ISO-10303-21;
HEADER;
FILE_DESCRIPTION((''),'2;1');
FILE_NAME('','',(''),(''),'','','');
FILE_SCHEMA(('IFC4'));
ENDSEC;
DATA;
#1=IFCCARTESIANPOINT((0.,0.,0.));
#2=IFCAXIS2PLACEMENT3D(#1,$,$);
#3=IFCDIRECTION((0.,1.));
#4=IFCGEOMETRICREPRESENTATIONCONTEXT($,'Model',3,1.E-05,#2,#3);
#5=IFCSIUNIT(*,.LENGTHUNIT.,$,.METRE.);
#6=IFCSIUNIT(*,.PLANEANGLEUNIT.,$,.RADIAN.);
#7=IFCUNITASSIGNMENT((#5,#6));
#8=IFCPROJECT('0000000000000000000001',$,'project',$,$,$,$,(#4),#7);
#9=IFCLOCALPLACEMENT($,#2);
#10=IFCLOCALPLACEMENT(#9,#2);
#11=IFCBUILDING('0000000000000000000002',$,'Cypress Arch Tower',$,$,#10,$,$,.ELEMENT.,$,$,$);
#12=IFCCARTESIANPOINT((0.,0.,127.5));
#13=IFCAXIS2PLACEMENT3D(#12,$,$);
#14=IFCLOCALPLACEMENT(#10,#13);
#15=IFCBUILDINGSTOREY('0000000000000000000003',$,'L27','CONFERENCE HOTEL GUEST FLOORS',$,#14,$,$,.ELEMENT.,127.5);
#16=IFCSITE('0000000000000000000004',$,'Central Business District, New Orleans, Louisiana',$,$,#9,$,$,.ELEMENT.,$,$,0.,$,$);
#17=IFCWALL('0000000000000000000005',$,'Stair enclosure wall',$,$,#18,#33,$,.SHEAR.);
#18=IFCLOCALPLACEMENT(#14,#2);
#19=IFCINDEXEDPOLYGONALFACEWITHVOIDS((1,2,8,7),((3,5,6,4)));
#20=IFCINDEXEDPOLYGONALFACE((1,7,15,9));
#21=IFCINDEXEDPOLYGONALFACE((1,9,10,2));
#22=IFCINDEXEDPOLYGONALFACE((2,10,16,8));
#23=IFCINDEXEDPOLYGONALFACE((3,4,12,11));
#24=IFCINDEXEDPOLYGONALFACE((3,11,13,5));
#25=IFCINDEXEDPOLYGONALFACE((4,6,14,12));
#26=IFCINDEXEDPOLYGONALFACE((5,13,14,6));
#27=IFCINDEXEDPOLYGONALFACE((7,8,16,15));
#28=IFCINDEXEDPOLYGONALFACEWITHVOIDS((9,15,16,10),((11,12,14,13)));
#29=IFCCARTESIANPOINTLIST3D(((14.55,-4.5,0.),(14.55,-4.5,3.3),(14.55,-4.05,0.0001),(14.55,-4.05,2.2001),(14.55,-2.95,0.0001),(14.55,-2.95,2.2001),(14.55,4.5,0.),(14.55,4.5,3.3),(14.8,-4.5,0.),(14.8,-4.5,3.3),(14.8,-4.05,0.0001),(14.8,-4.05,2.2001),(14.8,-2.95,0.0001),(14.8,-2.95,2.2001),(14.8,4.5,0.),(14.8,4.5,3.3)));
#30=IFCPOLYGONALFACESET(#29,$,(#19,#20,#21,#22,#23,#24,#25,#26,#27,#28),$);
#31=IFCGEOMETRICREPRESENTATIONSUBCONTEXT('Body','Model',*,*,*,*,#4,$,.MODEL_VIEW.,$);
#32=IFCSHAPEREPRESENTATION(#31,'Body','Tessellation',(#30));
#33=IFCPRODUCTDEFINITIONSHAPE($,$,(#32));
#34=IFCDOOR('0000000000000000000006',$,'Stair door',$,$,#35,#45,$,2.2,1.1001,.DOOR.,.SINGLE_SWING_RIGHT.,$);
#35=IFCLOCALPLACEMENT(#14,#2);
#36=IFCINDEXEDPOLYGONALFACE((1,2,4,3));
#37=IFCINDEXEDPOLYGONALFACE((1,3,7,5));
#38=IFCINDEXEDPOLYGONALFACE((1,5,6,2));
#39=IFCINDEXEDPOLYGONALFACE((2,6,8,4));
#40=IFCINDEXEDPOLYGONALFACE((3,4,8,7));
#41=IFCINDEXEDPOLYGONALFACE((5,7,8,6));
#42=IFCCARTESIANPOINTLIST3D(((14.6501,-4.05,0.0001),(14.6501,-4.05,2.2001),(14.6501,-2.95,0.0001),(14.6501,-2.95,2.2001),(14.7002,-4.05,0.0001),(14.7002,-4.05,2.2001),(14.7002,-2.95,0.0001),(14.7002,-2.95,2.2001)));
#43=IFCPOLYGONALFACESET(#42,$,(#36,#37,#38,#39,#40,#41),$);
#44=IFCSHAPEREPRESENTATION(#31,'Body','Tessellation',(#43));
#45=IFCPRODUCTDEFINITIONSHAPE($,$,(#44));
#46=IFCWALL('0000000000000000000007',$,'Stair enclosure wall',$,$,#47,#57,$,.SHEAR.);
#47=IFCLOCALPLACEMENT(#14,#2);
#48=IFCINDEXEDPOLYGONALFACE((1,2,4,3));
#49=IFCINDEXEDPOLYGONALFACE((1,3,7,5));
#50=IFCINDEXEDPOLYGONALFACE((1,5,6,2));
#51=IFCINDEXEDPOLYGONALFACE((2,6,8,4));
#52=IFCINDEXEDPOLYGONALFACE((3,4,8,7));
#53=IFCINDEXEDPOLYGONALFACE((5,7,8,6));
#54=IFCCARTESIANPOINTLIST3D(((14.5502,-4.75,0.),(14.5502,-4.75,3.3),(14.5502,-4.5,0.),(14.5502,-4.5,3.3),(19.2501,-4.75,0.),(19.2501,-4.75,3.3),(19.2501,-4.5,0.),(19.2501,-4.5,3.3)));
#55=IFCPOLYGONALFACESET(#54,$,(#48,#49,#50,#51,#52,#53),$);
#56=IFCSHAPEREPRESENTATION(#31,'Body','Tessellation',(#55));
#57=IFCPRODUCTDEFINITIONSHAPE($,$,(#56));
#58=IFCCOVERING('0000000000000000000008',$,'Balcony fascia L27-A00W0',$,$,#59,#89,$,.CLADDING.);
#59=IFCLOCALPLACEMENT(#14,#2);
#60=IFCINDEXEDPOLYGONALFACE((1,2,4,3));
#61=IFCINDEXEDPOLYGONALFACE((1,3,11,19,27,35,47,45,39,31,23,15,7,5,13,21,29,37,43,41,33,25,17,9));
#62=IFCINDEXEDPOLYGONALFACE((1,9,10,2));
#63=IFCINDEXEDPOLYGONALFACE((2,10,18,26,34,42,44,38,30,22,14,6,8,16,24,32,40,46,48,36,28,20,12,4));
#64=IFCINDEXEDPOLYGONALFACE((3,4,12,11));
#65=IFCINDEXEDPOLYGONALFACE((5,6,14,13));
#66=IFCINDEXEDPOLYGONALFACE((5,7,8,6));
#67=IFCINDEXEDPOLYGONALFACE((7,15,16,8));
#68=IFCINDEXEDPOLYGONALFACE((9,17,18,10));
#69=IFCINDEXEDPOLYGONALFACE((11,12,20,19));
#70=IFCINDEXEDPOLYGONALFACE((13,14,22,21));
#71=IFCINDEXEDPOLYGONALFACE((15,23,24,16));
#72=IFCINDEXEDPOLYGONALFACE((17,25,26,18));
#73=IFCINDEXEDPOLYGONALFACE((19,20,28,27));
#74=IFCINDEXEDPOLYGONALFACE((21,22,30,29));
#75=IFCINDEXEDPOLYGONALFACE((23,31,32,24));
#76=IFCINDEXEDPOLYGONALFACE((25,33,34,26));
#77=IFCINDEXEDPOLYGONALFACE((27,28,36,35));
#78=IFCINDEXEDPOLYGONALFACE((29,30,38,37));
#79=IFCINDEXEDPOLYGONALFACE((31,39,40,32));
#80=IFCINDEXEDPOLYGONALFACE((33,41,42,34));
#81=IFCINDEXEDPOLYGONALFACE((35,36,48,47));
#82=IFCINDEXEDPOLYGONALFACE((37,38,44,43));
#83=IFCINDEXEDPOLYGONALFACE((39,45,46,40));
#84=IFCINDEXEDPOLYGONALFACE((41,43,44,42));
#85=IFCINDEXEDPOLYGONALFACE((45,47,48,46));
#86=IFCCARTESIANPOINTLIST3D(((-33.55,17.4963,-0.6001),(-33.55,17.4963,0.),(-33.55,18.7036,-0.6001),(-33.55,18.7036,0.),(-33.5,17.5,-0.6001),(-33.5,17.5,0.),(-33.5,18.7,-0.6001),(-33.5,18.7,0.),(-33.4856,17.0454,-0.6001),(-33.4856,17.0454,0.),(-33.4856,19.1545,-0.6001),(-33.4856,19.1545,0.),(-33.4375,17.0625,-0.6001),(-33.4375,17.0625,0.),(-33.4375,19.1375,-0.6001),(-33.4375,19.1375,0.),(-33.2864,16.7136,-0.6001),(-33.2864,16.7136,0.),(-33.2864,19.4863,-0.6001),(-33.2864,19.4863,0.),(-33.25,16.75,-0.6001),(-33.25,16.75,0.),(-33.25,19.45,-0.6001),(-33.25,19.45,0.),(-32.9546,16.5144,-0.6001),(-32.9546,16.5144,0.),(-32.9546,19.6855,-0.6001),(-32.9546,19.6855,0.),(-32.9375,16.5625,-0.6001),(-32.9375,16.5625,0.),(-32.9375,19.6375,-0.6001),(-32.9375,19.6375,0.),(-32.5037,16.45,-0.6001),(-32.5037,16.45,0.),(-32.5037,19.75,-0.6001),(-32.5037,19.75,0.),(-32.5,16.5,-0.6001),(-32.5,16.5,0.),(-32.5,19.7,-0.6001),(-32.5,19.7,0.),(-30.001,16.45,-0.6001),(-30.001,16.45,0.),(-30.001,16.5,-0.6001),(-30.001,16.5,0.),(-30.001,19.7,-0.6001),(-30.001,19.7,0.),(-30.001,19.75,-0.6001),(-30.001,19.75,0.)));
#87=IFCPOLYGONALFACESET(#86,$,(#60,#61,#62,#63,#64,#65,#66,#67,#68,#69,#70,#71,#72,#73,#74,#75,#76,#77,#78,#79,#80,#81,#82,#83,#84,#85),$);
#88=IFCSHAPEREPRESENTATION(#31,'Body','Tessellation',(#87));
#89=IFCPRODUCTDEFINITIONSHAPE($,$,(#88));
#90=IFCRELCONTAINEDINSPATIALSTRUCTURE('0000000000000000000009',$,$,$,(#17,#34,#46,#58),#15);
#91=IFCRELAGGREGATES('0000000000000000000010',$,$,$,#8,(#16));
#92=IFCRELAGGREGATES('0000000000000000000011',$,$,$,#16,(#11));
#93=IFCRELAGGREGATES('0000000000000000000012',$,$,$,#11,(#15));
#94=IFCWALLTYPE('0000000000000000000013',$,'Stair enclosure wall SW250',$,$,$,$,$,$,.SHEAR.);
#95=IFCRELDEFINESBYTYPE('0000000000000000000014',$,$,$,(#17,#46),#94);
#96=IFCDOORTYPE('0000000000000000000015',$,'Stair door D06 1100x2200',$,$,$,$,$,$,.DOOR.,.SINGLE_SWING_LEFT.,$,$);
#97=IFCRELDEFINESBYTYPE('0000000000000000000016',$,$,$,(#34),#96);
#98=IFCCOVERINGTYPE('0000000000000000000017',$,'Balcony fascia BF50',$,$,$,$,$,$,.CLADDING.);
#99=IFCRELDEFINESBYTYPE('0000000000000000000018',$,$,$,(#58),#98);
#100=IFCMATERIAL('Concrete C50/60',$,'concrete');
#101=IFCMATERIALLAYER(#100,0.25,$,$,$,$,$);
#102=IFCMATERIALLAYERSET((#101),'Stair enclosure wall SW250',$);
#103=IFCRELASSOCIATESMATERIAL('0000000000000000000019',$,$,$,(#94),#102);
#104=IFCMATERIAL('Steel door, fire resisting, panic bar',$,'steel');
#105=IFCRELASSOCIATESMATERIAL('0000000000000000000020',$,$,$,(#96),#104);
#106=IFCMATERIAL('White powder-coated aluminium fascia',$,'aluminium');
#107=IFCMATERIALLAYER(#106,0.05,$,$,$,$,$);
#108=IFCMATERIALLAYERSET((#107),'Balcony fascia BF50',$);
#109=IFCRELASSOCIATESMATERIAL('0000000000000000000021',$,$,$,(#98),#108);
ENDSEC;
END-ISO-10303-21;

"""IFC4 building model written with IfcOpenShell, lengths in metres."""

from ifc_helpers import new_model, si_unit, direction, frame, frame_2d, origin, place, context, subcontext, project, spatial, polyline, rectangle, outline, extrude, material, layer, layer_set, type_object, element, fill, save


model = new_model("IFC4")

# Units and contexts
model_context = context("Model", 3, precision=1e-05, world=origin(), true_north=direction((0.0, 1.0)))
body_context = subcontext(model_context, "Body", "Model", "MODEL_VIEW")
ifc_project = project(units=[si_unit("LENGTHUNIT", "METRE"), si_unit("PLANEANGLEUNIT", "RADIAN")], contexts=[model_context])

# Site, building, storey
site_placement = place(None, origin())
site = spatial("IfcSite", under=ifc_project, at=site_placement, Name="Central Business District, New Orleans, Louisiana", CompositionType="ELEMENT", RefElevation=0.0)
building_placement = place(site_placement, origin())
building = spatial("IfcBuilding", under=site, at=building_placement, Name="Cypress Arch Tower", CompositionType="ELEMENT")
storey_placement = place(building_placement, frame((0.0, 0.0, 127.5)))
storey = spatial("IfcBuildingStorey", under=building, at=storey_placement, Name="L27", Description="CONFERENCE HOTEL GUEST FLOORS", CompositionType="ELEMENT", Elevation=127.5)

# Wall, opening, door
ifc_material_1 = material(Name="Concrete C50/60", Category="concrete")
ifc_layer_1 = layer(ifc_material_1, 0.25)
ifc_layer_set_1 = layer_set([ifc_layer_1], Name="Stair enclosure wall SW250")
wall_type_1 = type_object("IfcWallType", Name="Stair enclosure wall SW250", PredefinedType="SHEAR", material=ifc_layer_set_1)
wall_1_placement = place(storey_placement, frame((14.675, -4.5, 0.0), z_axis=(0.0, 0.0, 1.0), x_axis=(0.0, 1.0, 0.0)))
wall_1 = element("IfcWall", 1, at=wall_1_placement, inside=storey, type_object=wall_type_1, Name="Stair enclosure wall", PredefinedType="SHEAR", context=body_context, shape_type="SweptSolid", body=[
    extrude(rectangle(XDim=9.0, YDim=0.25, at=frame_2d((4.5, 0.0))), origin(), (0.0, 0.0, 1.0), 3.3),
])
opening_1_placement = place(wall_1_placement, frame((0.45, 0.0, 0.0)))
opening_1 = element("IfcOpeningElement", 2, at=opening_1_placement, cuts=wall_1, PredefinedType="OPENING", context=body_context, shape_type="SweptSolid", body=[
    extrude(rectangle(XDim=1.1001, YDim=2.2, at=frame_2d((0.55, 1.1001))), frame((0.0, 0.135, 0.0), z_axis=(0.0, -1.0, 0.0), x_axis=(1.0, 0.0, 0.0)), (0.0, 0.0, 1.0), 0.27),
])
ifc_material_2 = material(Name="Steel door, fire resisting, panic bar", Category="steel")
door_type_1 = type_object("IfcDoorType", Name="Stair door D06 1100x2200", OperationType="SINGLE_SWING_LEFT", PredefinedType="DOOR", material=ifc_material_2)
door_1_placement = place(opening_1_placement, origin())
door_1 = element("IfcDoor", 3, at=door_1_placement, inside=storey, type_object=door_type_1, Name="Stair door", OperationType="SINGLE_SWING_RIGHT", OverallHeight=2.2, OverallWidth=1.1001, PredefinedType="DOOR", context=body_context, shape_type="SweptSolid", body=[
    extrude(rectangle(XDim=1.1001, YDim=2.2, at=frame_2d((0.55, 1.1001))), frame((0.0, 0.0249, 0.0), z_axis=(0.0, -1.0, 0.0), x_axis=(1.0, 0.0, 0.0)), (0.0, 0.0, 1.0), 0.05),
])
fill(opening_1, door_1)

# Wall
wall_2_placement = place(storey_placement, frame((14.55, -4.625, 0.0), z_axis=(0.0, 0.0, 1.0), x_axis=(1.0, 0.0, 0.0)))
element("IfcWall", 4, at=wall_2_placement, inside=storey, type_object=wall_type_1, Name="Stair enclosure wall", PredefinedType="SHEAR", context=body_context, shape_type="SweptSolid", body=[
    extrude(rectangle(XDim=4.7, YDim=0.25, at=frame_2d((2.3501, 0.0))), origin(), (0.0, 0.0, 1.0), 3.3),
])

# Covering
ifc_material_3 = material(Name="White powder-coated aluminium fascia", Category="aluminium")
ifc_layer_2 = layer(ifc_material_3, 0.05)
ifc_layer_set_2 = layer_set([ifc_layer_2], Name="Balcony fascia BF50")
covering_type = type_object("IfcCoveringType", Name="Balcony fascia BF50", PredefinedType="CLADDING", material=ifc_layer_set_2)
covering_placement = place(storey_placement, frame((0.0, 0.0, -0.6001)))
element("IfcCovering", 5, at=covering_placement, inside=storey, type_object=covering_type, Name="Balcony fascia L27-A00W0", PredefinedType="CLADDING", context=body_context, shape_type="SweptSolid", body=[
    extrude(outline(polyline([(-32.5037, 16.45), (-32.9546, 16.5144), (-33.2864, 16.7136), (-33.4856, 17.0454), (-33.55, 17.4963), (-33.55, 18.7036), (-33.4856, 19.1545), (-33.2864, 19.4863), (-32.9546, 19.6855), (-32.5037, 19.75), (-30.001, 19.75), (-30.001, 19.7), (-32.5, 19.7), (-32.9375, 19.6375), (-33.25, 19.45), (-33.4375, 19.1375), (-33.5, 18.7), (-33.5, 17.5), (-33.4375, 17.0625), (-33.25, 16.75), (-32.9375, 16.5625), (-32.5, 16.5), (-30.001, 16.5), (-30.001, 16.45), (-32.5037, 16.45)])), origin(), (0.0, 0.0, 1.0), 0.6001),
])

save(model, "model.ifc")
